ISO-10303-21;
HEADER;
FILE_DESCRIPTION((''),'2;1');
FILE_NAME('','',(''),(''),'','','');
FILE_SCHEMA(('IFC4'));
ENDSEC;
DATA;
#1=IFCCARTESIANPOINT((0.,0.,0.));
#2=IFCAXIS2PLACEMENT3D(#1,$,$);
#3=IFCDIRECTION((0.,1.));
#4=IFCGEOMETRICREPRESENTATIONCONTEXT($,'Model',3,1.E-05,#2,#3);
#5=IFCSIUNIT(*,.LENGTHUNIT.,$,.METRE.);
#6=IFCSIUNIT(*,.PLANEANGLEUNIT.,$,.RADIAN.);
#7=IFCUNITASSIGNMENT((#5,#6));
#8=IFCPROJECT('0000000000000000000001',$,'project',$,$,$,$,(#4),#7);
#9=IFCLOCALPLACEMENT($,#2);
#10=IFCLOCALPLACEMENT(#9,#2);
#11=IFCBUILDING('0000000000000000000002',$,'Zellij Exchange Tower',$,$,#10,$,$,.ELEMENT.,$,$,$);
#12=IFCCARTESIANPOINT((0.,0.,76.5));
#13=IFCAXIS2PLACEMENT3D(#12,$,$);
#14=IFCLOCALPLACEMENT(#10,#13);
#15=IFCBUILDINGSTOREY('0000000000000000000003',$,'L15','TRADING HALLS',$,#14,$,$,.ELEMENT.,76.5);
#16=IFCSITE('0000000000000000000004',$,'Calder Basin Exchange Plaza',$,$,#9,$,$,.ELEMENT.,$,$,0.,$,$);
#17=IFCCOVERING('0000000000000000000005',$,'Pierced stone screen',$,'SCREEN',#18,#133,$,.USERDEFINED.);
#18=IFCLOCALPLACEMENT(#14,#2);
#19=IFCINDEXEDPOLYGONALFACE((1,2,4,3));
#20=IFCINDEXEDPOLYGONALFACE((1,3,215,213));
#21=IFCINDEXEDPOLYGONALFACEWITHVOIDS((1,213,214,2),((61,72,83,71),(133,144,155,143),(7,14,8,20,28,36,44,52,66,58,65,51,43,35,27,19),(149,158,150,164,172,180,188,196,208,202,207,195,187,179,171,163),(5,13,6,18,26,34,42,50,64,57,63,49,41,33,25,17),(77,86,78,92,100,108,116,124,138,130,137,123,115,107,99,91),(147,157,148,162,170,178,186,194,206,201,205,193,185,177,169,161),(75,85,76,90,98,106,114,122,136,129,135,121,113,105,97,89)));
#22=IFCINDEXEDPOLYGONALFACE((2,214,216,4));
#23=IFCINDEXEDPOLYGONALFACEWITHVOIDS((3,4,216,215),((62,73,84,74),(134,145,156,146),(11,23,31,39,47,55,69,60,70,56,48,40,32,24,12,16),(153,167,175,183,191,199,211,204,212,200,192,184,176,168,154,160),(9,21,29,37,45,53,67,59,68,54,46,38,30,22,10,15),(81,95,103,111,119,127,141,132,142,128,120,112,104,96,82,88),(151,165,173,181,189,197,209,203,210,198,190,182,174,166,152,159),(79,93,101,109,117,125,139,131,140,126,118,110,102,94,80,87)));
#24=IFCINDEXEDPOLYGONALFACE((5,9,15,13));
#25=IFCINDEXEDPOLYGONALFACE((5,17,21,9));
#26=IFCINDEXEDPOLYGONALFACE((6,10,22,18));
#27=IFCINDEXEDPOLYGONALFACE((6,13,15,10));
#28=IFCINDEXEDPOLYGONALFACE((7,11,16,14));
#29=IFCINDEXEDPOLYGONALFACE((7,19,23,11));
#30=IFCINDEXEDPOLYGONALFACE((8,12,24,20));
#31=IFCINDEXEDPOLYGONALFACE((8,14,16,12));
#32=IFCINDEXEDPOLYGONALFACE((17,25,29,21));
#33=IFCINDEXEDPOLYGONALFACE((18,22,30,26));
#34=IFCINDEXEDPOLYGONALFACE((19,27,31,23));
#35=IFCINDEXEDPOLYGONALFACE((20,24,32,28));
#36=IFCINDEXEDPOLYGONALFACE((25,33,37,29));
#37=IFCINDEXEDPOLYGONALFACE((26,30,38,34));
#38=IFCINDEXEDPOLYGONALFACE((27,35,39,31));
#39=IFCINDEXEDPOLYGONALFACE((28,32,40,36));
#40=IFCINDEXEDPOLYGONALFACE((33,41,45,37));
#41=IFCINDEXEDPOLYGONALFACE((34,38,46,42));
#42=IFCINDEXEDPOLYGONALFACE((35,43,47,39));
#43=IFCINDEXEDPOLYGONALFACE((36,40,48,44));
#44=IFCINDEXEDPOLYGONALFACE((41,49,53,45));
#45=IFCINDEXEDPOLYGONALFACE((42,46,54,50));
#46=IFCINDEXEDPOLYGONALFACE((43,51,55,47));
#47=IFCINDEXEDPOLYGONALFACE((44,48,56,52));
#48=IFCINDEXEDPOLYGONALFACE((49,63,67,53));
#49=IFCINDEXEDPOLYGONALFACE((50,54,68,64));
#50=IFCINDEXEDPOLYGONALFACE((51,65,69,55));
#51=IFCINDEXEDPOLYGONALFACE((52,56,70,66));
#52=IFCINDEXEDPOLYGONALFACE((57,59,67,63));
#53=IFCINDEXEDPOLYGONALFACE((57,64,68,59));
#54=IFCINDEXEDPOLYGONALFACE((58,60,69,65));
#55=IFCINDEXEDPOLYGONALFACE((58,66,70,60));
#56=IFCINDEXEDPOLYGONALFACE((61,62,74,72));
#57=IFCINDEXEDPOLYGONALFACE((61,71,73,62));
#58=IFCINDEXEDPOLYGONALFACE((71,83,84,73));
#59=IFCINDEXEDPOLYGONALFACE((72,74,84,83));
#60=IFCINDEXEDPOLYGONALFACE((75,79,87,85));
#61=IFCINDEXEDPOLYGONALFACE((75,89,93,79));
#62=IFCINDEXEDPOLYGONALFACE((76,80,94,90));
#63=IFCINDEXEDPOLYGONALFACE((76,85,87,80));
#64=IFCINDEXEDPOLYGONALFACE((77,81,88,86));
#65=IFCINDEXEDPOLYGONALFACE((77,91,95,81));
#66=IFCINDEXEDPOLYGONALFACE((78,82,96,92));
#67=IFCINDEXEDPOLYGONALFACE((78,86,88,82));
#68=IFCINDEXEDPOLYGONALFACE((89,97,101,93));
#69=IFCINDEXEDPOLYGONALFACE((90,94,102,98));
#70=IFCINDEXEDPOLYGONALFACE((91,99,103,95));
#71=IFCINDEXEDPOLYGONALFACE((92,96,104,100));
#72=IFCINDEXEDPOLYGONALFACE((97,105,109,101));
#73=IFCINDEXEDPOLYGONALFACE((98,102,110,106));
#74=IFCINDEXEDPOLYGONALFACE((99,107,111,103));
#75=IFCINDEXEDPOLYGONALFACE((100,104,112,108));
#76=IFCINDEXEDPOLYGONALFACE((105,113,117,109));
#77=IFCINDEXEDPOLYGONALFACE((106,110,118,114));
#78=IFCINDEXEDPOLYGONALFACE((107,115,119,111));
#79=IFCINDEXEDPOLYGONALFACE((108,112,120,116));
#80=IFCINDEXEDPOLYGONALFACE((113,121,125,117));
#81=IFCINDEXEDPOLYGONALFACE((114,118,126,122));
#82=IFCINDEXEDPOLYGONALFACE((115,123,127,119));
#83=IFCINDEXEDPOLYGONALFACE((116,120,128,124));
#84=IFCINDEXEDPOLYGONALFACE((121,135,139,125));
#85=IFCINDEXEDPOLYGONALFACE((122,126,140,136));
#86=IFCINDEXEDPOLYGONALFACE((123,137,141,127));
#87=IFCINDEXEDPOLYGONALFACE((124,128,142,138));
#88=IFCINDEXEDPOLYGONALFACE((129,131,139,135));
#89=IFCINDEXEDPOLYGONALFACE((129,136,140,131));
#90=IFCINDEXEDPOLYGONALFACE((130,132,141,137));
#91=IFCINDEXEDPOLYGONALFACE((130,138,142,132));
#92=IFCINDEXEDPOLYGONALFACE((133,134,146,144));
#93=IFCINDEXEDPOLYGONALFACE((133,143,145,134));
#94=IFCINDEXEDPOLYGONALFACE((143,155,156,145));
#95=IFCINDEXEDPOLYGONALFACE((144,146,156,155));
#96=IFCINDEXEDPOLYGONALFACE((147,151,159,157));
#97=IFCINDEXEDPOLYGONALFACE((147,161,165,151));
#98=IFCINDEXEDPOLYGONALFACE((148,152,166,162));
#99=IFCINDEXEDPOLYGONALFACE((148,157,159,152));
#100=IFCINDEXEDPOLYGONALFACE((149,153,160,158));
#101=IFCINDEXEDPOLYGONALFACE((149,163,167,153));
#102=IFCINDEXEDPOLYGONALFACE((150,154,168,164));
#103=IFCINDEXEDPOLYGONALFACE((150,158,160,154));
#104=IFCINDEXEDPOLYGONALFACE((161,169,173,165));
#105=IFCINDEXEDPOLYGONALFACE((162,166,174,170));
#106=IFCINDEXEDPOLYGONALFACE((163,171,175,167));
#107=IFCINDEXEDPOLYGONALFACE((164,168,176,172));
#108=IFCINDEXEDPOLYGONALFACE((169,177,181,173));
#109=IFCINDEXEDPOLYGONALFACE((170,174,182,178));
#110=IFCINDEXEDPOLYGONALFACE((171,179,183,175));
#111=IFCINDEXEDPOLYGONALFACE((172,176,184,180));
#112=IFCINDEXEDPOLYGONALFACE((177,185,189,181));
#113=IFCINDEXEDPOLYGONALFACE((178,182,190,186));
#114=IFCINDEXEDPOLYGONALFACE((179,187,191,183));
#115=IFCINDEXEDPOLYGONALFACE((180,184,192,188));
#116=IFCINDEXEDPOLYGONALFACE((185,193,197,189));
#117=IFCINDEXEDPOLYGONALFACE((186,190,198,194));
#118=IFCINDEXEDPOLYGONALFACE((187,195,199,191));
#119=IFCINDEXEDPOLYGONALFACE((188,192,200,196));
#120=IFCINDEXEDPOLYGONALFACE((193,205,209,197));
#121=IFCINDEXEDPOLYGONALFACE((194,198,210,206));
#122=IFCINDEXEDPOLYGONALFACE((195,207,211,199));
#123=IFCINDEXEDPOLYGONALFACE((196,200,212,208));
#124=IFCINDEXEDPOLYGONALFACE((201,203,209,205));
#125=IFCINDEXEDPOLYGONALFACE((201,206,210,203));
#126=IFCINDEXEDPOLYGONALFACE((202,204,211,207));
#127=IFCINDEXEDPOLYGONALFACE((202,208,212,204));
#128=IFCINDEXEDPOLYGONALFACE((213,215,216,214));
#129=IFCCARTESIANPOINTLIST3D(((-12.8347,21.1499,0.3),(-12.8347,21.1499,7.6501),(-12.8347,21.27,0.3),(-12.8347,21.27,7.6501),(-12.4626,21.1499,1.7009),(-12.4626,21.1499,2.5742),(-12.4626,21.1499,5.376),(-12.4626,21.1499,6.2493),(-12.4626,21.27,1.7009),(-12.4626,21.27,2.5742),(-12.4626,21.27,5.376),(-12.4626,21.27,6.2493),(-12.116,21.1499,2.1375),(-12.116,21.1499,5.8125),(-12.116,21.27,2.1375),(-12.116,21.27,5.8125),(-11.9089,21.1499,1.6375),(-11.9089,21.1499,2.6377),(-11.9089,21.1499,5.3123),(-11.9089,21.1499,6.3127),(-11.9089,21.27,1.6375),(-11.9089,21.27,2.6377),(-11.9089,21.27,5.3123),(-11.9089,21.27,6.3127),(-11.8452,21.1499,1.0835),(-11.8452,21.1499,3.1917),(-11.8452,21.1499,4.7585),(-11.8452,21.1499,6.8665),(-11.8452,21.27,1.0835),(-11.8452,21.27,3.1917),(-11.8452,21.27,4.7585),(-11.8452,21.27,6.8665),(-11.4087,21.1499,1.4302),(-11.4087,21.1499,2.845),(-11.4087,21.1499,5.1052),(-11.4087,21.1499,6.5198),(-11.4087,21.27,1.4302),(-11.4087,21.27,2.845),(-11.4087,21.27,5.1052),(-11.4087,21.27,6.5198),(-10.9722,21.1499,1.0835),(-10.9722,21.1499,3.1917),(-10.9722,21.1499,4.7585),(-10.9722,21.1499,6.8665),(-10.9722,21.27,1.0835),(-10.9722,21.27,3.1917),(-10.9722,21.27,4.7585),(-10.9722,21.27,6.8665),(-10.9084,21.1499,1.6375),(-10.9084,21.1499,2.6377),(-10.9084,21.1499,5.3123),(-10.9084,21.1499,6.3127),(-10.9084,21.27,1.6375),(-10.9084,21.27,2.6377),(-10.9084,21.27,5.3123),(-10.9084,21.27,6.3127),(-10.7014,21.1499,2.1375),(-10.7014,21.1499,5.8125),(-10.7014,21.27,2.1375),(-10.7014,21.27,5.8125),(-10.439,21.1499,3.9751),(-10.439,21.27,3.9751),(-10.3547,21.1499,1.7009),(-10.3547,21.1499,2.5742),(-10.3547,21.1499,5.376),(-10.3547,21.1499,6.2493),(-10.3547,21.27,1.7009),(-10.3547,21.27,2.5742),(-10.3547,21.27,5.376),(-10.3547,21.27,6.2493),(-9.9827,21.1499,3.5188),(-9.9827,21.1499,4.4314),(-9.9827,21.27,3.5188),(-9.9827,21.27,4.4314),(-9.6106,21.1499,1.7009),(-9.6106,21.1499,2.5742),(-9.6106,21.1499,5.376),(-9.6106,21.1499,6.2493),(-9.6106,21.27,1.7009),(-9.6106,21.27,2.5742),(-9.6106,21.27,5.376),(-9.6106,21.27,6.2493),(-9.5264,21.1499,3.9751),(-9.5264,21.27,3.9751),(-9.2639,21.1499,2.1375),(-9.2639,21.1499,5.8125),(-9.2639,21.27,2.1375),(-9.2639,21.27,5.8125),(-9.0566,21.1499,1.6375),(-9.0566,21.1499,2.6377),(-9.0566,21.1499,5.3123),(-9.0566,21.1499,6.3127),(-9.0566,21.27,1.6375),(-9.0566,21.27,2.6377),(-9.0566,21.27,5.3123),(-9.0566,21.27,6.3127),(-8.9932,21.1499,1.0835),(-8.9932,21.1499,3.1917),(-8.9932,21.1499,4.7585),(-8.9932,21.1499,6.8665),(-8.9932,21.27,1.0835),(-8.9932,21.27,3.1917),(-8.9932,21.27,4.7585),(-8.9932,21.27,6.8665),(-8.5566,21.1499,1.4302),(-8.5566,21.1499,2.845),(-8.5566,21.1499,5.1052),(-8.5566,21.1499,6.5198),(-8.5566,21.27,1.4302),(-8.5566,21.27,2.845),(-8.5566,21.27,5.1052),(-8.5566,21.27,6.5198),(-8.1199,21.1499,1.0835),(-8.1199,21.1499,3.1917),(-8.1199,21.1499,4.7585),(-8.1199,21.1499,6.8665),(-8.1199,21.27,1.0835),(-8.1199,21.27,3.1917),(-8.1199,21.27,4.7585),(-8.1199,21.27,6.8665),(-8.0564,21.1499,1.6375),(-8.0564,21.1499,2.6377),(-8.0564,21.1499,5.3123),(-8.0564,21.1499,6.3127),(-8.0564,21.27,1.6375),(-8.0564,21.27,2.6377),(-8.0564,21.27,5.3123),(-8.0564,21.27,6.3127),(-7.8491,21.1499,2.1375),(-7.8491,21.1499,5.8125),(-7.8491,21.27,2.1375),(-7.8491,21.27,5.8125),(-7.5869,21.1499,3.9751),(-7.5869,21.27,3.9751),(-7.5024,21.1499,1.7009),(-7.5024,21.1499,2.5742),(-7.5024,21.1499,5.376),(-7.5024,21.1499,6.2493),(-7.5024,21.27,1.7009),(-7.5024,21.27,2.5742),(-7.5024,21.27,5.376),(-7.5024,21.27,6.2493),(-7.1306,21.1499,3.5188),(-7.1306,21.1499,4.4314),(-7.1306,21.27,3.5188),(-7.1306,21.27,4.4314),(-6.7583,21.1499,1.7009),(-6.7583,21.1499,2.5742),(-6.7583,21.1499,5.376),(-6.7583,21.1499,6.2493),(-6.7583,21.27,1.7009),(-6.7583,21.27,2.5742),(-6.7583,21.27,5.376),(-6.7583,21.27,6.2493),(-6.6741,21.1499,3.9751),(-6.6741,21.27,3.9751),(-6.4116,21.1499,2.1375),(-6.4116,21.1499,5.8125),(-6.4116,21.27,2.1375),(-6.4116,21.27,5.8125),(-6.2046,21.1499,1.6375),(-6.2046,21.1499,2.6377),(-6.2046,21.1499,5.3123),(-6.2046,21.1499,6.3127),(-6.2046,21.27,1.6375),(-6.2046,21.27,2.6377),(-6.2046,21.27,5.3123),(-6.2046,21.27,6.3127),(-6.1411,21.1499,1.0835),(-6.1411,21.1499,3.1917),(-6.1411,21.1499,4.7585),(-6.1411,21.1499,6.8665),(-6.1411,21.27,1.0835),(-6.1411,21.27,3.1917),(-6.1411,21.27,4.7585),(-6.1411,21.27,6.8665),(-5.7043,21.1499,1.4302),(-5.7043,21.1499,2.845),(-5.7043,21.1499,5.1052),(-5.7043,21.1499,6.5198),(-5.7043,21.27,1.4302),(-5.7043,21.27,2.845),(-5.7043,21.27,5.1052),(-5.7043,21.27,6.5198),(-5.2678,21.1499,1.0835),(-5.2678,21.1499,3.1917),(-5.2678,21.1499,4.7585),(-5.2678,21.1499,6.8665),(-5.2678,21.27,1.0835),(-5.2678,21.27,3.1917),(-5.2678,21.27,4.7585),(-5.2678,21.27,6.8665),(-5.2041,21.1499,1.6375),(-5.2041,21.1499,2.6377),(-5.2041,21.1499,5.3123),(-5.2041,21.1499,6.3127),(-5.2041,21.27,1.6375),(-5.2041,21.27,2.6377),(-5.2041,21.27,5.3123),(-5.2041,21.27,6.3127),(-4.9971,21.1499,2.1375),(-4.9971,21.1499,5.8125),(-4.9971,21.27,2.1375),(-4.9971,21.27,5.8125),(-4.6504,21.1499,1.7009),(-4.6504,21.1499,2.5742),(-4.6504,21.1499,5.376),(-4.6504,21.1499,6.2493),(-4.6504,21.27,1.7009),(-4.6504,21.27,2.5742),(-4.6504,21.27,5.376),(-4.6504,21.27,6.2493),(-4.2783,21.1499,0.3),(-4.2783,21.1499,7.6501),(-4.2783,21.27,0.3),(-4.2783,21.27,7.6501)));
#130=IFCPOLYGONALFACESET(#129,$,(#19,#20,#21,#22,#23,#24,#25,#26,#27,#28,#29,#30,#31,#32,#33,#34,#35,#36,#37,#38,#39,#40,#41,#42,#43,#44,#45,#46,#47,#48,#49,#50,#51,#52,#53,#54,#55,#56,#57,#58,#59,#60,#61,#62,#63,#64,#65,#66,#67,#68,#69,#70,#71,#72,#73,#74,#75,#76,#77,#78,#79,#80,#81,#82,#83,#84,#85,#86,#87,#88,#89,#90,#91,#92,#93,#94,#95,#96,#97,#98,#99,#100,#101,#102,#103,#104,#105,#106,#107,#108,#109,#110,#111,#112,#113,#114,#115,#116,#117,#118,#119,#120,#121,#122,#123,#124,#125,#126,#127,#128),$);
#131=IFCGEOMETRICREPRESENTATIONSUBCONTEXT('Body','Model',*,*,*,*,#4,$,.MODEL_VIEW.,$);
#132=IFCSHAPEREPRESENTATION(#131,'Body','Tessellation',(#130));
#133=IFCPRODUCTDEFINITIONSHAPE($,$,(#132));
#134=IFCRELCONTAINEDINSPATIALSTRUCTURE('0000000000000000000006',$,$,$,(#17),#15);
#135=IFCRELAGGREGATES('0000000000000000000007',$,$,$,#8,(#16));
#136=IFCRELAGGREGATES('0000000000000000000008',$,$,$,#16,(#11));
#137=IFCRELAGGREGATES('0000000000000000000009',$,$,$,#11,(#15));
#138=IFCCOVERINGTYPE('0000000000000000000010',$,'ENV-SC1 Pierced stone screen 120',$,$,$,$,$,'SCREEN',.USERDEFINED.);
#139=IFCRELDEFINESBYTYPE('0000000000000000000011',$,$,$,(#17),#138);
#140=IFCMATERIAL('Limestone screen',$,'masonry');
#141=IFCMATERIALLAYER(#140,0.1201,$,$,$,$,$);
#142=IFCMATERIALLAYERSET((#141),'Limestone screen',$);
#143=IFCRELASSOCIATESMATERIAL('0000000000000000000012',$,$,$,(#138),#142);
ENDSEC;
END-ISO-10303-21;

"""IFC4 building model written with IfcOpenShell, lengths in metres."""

from ifc_helpers import new_model, si_unit, direction, frame, origin, place, context, subcontext, project, spatial, polyline, outline, extrude, material, layer, layer_set, type_object, element, save


model = new_model("IFC4")

# Units and contexts
model_context = context("Model", 3, precision=1e-05, world=origin(), true_north=direction((0.0, 1.0)))
body_context = subcontext(model_context, "Body", "Model", "MODEL_VIEW")
ifc_project = project(units=[si_unit("LENGTHUNIT", "METRE"), si_unit("PLANEANGLEUNIT", "RADIAN")], contexts=[model_context])

# Site, building, storey
site_placement = place(None, origin())
site = spatial("IfcSite", under=ifc_project, at=site_placement, Name="Calder Basin Exchange Plaza", CompositionType="ELEMENT", RefElevation=0.0)
building_placement = place(site_placement, origin())
building = spatial("IfcBuilding", under=site, at=building_placement, Name="Zellij Exchange Tower", CompositionType="ELEMENT")
storey_placement = place(building_placement, frame((0.0, 0.0, 76.5)))
storey = spatial("IfcBuildingStorey", under=building, at=storey_placement, Name="L15", Description="TRADING HALLS", CompositionType="ELEMENT", Elevation=76.5)

# Covering
ifc_material_1 = material(Name="Limestone screen", Category="masonry")
ifc_layer_1 = layer(ifc_material_1, 0.1201)
ifc_layer_set_1 = layer_set([ifc_layer_1], Name="Limestone screen")
covering_type = type_object("IfcCoveringType", Name="ENV-SC1 Pierced stone screen 120", ElementType="SCREEN", PredefinedType="USERDEFINED", material=ifc_layer_set_1)
covering_1_placement = place(storey_placement, frame((-4.2783, 21.21, 0.3), z_axis=(0.0, 0.0, 1.0), x_axis=(-1.0, 0.0, 0.0)))
element("IfcCovering", 1, at=covering_1_placement, inside=storey, type_object=covering_type, Name="Pierced stone screen", ObjectType="SCREEN", PredefinedType="USERDEFINED", context=body_context, shape_type="SweptSolid", body=[
    extrude(outline(polyline([(0.0, 0.0), (8.5564, 0.0), (8.5564, 7.3501), (0.0, 7.3501), (0.0, 0.0)]), holes=[polyline([(2.48, 2.2742), (1.9263, 2.3376), (1.8628, 2.8916), (1.426, 2.5449), (0.9895, 2.8916), (0.9258, 2.3376), (0.3721, 2.2742), (0.7188, 1.8374), (0.3721, 1.4009), (0.9258, 1.3374), (0.9895, 0.7834), (1.426, 1.1301), (1.8628, 0.7834), (1.9263, 1.3374), (2.48, 1.4009), (2.1333, 1.8374), (2.48, 2.2742)]), polyline([(2.48, 5.9492), (1.9263, 6.0127), (1.8628, 6.5664), (1.426, 6.2197), (0.9895, 6.5664), (0.9258, 6.0127), (0.3721, 5.9492), (0.7188, 5.5125), (0.3721, 5.0759), (0.9258, 5.0122), (0.9895, 4.4585), (1.426, 4.8052), (1.8628, 4.4585), (1.9263, 5.0122), (2.48, 5.0759), (2.1333, 5.5125), (2.48, 5.9492)]), polyline([(5.3323, 2.2742), (4.7783, 2.3376), (4.7148, 2.8916), (4.2783, 2.5449), (3.8416, 2.8916), (3.7781, 2.3376), (3.2241, 2.2742), (3.5708, 1.8374), (3.2241, 1.4009), (3.7781, 1.3374), (3.8416, 0.7834), (4.2783, 1.1301), (4.7148, 0.7834), (4.7783, 1.3374), (5.3323, 1.4009), (4.9856, 1.8374), (5.3323, 2.2742)]), polyline([(5.3323, 5.9492), (4.7783, 6.0127), (4.7148, 6.5664), (4.2783, 6.2197), (3.8416, 6.5664), (3.7781, 6.0127), (3.2241, 5.9492), (3.5708, 5.5125), (3.2241, 5.0759), (3.7781, 5.0122), (3.8416, 4.4585), (4.2783, 4.8052), (4.7148, 4.4585), (4.7783, 5.0122), (5.3323, 5.0759), (4.9856, 5.5125), (5.3323, 5.9492)]), polyline([(8.1843, 2.2742), (7.6306, 2.3376), (7.5669, 2.8916), (7.1304, 2.5449), (6.6938, 2.8916), (6.6301, 2.3376), (6.0764, 2.2742), (6.4231, 1.8374), (6.0764, 1.4009), (6.6301, 1.3374), (6.6938, 0.7834), (7.1304, 1.1301), (7.5669, 0.7834), (7.6306, 1.3374), (8.1843, 1.4009), (7.8376, 1.8374), (8.1843, 2.2742)]), polyline([(8.1843, 5.9492), (7.6306, 6.0127), (7.5669, 6.5664), (7.1304, 6.2197), (6.6938, 6.5664), (6.6301, 6.0127), (6.0764, 5.9492), (6.4231, 5.5125), (6.0764, 5.0759), (6.6301, 5.0122), (6.6938, 4.4585), (7.1304, 4.8052), (7.5669, 4.4585), (7.6306, 5.0122), (8.1843, 5.0759), (7.8376, 5.5125), (8.1843, 5.9492)]), polyline([(3.3086, 3.675), (2.8523, 4.1313), (2.3958, 3.675), (2.8523, 3.2188), (3.3086, 3.675)]), polyline([(6.1606, 3.675), (5.7043, 4.1313), (5.248, 3.675), (5.7043, 3.2188), (6.1606, 3.675)])]), frame((0.0, 0.0601, 0.0), z_axis=(0.0, -1.0, 0.0), x_axis=(1.0, 0.0, 0.0)), (0.0, 0.0, 1.0), 0.1201),
])

save(model, "model.ifc")
